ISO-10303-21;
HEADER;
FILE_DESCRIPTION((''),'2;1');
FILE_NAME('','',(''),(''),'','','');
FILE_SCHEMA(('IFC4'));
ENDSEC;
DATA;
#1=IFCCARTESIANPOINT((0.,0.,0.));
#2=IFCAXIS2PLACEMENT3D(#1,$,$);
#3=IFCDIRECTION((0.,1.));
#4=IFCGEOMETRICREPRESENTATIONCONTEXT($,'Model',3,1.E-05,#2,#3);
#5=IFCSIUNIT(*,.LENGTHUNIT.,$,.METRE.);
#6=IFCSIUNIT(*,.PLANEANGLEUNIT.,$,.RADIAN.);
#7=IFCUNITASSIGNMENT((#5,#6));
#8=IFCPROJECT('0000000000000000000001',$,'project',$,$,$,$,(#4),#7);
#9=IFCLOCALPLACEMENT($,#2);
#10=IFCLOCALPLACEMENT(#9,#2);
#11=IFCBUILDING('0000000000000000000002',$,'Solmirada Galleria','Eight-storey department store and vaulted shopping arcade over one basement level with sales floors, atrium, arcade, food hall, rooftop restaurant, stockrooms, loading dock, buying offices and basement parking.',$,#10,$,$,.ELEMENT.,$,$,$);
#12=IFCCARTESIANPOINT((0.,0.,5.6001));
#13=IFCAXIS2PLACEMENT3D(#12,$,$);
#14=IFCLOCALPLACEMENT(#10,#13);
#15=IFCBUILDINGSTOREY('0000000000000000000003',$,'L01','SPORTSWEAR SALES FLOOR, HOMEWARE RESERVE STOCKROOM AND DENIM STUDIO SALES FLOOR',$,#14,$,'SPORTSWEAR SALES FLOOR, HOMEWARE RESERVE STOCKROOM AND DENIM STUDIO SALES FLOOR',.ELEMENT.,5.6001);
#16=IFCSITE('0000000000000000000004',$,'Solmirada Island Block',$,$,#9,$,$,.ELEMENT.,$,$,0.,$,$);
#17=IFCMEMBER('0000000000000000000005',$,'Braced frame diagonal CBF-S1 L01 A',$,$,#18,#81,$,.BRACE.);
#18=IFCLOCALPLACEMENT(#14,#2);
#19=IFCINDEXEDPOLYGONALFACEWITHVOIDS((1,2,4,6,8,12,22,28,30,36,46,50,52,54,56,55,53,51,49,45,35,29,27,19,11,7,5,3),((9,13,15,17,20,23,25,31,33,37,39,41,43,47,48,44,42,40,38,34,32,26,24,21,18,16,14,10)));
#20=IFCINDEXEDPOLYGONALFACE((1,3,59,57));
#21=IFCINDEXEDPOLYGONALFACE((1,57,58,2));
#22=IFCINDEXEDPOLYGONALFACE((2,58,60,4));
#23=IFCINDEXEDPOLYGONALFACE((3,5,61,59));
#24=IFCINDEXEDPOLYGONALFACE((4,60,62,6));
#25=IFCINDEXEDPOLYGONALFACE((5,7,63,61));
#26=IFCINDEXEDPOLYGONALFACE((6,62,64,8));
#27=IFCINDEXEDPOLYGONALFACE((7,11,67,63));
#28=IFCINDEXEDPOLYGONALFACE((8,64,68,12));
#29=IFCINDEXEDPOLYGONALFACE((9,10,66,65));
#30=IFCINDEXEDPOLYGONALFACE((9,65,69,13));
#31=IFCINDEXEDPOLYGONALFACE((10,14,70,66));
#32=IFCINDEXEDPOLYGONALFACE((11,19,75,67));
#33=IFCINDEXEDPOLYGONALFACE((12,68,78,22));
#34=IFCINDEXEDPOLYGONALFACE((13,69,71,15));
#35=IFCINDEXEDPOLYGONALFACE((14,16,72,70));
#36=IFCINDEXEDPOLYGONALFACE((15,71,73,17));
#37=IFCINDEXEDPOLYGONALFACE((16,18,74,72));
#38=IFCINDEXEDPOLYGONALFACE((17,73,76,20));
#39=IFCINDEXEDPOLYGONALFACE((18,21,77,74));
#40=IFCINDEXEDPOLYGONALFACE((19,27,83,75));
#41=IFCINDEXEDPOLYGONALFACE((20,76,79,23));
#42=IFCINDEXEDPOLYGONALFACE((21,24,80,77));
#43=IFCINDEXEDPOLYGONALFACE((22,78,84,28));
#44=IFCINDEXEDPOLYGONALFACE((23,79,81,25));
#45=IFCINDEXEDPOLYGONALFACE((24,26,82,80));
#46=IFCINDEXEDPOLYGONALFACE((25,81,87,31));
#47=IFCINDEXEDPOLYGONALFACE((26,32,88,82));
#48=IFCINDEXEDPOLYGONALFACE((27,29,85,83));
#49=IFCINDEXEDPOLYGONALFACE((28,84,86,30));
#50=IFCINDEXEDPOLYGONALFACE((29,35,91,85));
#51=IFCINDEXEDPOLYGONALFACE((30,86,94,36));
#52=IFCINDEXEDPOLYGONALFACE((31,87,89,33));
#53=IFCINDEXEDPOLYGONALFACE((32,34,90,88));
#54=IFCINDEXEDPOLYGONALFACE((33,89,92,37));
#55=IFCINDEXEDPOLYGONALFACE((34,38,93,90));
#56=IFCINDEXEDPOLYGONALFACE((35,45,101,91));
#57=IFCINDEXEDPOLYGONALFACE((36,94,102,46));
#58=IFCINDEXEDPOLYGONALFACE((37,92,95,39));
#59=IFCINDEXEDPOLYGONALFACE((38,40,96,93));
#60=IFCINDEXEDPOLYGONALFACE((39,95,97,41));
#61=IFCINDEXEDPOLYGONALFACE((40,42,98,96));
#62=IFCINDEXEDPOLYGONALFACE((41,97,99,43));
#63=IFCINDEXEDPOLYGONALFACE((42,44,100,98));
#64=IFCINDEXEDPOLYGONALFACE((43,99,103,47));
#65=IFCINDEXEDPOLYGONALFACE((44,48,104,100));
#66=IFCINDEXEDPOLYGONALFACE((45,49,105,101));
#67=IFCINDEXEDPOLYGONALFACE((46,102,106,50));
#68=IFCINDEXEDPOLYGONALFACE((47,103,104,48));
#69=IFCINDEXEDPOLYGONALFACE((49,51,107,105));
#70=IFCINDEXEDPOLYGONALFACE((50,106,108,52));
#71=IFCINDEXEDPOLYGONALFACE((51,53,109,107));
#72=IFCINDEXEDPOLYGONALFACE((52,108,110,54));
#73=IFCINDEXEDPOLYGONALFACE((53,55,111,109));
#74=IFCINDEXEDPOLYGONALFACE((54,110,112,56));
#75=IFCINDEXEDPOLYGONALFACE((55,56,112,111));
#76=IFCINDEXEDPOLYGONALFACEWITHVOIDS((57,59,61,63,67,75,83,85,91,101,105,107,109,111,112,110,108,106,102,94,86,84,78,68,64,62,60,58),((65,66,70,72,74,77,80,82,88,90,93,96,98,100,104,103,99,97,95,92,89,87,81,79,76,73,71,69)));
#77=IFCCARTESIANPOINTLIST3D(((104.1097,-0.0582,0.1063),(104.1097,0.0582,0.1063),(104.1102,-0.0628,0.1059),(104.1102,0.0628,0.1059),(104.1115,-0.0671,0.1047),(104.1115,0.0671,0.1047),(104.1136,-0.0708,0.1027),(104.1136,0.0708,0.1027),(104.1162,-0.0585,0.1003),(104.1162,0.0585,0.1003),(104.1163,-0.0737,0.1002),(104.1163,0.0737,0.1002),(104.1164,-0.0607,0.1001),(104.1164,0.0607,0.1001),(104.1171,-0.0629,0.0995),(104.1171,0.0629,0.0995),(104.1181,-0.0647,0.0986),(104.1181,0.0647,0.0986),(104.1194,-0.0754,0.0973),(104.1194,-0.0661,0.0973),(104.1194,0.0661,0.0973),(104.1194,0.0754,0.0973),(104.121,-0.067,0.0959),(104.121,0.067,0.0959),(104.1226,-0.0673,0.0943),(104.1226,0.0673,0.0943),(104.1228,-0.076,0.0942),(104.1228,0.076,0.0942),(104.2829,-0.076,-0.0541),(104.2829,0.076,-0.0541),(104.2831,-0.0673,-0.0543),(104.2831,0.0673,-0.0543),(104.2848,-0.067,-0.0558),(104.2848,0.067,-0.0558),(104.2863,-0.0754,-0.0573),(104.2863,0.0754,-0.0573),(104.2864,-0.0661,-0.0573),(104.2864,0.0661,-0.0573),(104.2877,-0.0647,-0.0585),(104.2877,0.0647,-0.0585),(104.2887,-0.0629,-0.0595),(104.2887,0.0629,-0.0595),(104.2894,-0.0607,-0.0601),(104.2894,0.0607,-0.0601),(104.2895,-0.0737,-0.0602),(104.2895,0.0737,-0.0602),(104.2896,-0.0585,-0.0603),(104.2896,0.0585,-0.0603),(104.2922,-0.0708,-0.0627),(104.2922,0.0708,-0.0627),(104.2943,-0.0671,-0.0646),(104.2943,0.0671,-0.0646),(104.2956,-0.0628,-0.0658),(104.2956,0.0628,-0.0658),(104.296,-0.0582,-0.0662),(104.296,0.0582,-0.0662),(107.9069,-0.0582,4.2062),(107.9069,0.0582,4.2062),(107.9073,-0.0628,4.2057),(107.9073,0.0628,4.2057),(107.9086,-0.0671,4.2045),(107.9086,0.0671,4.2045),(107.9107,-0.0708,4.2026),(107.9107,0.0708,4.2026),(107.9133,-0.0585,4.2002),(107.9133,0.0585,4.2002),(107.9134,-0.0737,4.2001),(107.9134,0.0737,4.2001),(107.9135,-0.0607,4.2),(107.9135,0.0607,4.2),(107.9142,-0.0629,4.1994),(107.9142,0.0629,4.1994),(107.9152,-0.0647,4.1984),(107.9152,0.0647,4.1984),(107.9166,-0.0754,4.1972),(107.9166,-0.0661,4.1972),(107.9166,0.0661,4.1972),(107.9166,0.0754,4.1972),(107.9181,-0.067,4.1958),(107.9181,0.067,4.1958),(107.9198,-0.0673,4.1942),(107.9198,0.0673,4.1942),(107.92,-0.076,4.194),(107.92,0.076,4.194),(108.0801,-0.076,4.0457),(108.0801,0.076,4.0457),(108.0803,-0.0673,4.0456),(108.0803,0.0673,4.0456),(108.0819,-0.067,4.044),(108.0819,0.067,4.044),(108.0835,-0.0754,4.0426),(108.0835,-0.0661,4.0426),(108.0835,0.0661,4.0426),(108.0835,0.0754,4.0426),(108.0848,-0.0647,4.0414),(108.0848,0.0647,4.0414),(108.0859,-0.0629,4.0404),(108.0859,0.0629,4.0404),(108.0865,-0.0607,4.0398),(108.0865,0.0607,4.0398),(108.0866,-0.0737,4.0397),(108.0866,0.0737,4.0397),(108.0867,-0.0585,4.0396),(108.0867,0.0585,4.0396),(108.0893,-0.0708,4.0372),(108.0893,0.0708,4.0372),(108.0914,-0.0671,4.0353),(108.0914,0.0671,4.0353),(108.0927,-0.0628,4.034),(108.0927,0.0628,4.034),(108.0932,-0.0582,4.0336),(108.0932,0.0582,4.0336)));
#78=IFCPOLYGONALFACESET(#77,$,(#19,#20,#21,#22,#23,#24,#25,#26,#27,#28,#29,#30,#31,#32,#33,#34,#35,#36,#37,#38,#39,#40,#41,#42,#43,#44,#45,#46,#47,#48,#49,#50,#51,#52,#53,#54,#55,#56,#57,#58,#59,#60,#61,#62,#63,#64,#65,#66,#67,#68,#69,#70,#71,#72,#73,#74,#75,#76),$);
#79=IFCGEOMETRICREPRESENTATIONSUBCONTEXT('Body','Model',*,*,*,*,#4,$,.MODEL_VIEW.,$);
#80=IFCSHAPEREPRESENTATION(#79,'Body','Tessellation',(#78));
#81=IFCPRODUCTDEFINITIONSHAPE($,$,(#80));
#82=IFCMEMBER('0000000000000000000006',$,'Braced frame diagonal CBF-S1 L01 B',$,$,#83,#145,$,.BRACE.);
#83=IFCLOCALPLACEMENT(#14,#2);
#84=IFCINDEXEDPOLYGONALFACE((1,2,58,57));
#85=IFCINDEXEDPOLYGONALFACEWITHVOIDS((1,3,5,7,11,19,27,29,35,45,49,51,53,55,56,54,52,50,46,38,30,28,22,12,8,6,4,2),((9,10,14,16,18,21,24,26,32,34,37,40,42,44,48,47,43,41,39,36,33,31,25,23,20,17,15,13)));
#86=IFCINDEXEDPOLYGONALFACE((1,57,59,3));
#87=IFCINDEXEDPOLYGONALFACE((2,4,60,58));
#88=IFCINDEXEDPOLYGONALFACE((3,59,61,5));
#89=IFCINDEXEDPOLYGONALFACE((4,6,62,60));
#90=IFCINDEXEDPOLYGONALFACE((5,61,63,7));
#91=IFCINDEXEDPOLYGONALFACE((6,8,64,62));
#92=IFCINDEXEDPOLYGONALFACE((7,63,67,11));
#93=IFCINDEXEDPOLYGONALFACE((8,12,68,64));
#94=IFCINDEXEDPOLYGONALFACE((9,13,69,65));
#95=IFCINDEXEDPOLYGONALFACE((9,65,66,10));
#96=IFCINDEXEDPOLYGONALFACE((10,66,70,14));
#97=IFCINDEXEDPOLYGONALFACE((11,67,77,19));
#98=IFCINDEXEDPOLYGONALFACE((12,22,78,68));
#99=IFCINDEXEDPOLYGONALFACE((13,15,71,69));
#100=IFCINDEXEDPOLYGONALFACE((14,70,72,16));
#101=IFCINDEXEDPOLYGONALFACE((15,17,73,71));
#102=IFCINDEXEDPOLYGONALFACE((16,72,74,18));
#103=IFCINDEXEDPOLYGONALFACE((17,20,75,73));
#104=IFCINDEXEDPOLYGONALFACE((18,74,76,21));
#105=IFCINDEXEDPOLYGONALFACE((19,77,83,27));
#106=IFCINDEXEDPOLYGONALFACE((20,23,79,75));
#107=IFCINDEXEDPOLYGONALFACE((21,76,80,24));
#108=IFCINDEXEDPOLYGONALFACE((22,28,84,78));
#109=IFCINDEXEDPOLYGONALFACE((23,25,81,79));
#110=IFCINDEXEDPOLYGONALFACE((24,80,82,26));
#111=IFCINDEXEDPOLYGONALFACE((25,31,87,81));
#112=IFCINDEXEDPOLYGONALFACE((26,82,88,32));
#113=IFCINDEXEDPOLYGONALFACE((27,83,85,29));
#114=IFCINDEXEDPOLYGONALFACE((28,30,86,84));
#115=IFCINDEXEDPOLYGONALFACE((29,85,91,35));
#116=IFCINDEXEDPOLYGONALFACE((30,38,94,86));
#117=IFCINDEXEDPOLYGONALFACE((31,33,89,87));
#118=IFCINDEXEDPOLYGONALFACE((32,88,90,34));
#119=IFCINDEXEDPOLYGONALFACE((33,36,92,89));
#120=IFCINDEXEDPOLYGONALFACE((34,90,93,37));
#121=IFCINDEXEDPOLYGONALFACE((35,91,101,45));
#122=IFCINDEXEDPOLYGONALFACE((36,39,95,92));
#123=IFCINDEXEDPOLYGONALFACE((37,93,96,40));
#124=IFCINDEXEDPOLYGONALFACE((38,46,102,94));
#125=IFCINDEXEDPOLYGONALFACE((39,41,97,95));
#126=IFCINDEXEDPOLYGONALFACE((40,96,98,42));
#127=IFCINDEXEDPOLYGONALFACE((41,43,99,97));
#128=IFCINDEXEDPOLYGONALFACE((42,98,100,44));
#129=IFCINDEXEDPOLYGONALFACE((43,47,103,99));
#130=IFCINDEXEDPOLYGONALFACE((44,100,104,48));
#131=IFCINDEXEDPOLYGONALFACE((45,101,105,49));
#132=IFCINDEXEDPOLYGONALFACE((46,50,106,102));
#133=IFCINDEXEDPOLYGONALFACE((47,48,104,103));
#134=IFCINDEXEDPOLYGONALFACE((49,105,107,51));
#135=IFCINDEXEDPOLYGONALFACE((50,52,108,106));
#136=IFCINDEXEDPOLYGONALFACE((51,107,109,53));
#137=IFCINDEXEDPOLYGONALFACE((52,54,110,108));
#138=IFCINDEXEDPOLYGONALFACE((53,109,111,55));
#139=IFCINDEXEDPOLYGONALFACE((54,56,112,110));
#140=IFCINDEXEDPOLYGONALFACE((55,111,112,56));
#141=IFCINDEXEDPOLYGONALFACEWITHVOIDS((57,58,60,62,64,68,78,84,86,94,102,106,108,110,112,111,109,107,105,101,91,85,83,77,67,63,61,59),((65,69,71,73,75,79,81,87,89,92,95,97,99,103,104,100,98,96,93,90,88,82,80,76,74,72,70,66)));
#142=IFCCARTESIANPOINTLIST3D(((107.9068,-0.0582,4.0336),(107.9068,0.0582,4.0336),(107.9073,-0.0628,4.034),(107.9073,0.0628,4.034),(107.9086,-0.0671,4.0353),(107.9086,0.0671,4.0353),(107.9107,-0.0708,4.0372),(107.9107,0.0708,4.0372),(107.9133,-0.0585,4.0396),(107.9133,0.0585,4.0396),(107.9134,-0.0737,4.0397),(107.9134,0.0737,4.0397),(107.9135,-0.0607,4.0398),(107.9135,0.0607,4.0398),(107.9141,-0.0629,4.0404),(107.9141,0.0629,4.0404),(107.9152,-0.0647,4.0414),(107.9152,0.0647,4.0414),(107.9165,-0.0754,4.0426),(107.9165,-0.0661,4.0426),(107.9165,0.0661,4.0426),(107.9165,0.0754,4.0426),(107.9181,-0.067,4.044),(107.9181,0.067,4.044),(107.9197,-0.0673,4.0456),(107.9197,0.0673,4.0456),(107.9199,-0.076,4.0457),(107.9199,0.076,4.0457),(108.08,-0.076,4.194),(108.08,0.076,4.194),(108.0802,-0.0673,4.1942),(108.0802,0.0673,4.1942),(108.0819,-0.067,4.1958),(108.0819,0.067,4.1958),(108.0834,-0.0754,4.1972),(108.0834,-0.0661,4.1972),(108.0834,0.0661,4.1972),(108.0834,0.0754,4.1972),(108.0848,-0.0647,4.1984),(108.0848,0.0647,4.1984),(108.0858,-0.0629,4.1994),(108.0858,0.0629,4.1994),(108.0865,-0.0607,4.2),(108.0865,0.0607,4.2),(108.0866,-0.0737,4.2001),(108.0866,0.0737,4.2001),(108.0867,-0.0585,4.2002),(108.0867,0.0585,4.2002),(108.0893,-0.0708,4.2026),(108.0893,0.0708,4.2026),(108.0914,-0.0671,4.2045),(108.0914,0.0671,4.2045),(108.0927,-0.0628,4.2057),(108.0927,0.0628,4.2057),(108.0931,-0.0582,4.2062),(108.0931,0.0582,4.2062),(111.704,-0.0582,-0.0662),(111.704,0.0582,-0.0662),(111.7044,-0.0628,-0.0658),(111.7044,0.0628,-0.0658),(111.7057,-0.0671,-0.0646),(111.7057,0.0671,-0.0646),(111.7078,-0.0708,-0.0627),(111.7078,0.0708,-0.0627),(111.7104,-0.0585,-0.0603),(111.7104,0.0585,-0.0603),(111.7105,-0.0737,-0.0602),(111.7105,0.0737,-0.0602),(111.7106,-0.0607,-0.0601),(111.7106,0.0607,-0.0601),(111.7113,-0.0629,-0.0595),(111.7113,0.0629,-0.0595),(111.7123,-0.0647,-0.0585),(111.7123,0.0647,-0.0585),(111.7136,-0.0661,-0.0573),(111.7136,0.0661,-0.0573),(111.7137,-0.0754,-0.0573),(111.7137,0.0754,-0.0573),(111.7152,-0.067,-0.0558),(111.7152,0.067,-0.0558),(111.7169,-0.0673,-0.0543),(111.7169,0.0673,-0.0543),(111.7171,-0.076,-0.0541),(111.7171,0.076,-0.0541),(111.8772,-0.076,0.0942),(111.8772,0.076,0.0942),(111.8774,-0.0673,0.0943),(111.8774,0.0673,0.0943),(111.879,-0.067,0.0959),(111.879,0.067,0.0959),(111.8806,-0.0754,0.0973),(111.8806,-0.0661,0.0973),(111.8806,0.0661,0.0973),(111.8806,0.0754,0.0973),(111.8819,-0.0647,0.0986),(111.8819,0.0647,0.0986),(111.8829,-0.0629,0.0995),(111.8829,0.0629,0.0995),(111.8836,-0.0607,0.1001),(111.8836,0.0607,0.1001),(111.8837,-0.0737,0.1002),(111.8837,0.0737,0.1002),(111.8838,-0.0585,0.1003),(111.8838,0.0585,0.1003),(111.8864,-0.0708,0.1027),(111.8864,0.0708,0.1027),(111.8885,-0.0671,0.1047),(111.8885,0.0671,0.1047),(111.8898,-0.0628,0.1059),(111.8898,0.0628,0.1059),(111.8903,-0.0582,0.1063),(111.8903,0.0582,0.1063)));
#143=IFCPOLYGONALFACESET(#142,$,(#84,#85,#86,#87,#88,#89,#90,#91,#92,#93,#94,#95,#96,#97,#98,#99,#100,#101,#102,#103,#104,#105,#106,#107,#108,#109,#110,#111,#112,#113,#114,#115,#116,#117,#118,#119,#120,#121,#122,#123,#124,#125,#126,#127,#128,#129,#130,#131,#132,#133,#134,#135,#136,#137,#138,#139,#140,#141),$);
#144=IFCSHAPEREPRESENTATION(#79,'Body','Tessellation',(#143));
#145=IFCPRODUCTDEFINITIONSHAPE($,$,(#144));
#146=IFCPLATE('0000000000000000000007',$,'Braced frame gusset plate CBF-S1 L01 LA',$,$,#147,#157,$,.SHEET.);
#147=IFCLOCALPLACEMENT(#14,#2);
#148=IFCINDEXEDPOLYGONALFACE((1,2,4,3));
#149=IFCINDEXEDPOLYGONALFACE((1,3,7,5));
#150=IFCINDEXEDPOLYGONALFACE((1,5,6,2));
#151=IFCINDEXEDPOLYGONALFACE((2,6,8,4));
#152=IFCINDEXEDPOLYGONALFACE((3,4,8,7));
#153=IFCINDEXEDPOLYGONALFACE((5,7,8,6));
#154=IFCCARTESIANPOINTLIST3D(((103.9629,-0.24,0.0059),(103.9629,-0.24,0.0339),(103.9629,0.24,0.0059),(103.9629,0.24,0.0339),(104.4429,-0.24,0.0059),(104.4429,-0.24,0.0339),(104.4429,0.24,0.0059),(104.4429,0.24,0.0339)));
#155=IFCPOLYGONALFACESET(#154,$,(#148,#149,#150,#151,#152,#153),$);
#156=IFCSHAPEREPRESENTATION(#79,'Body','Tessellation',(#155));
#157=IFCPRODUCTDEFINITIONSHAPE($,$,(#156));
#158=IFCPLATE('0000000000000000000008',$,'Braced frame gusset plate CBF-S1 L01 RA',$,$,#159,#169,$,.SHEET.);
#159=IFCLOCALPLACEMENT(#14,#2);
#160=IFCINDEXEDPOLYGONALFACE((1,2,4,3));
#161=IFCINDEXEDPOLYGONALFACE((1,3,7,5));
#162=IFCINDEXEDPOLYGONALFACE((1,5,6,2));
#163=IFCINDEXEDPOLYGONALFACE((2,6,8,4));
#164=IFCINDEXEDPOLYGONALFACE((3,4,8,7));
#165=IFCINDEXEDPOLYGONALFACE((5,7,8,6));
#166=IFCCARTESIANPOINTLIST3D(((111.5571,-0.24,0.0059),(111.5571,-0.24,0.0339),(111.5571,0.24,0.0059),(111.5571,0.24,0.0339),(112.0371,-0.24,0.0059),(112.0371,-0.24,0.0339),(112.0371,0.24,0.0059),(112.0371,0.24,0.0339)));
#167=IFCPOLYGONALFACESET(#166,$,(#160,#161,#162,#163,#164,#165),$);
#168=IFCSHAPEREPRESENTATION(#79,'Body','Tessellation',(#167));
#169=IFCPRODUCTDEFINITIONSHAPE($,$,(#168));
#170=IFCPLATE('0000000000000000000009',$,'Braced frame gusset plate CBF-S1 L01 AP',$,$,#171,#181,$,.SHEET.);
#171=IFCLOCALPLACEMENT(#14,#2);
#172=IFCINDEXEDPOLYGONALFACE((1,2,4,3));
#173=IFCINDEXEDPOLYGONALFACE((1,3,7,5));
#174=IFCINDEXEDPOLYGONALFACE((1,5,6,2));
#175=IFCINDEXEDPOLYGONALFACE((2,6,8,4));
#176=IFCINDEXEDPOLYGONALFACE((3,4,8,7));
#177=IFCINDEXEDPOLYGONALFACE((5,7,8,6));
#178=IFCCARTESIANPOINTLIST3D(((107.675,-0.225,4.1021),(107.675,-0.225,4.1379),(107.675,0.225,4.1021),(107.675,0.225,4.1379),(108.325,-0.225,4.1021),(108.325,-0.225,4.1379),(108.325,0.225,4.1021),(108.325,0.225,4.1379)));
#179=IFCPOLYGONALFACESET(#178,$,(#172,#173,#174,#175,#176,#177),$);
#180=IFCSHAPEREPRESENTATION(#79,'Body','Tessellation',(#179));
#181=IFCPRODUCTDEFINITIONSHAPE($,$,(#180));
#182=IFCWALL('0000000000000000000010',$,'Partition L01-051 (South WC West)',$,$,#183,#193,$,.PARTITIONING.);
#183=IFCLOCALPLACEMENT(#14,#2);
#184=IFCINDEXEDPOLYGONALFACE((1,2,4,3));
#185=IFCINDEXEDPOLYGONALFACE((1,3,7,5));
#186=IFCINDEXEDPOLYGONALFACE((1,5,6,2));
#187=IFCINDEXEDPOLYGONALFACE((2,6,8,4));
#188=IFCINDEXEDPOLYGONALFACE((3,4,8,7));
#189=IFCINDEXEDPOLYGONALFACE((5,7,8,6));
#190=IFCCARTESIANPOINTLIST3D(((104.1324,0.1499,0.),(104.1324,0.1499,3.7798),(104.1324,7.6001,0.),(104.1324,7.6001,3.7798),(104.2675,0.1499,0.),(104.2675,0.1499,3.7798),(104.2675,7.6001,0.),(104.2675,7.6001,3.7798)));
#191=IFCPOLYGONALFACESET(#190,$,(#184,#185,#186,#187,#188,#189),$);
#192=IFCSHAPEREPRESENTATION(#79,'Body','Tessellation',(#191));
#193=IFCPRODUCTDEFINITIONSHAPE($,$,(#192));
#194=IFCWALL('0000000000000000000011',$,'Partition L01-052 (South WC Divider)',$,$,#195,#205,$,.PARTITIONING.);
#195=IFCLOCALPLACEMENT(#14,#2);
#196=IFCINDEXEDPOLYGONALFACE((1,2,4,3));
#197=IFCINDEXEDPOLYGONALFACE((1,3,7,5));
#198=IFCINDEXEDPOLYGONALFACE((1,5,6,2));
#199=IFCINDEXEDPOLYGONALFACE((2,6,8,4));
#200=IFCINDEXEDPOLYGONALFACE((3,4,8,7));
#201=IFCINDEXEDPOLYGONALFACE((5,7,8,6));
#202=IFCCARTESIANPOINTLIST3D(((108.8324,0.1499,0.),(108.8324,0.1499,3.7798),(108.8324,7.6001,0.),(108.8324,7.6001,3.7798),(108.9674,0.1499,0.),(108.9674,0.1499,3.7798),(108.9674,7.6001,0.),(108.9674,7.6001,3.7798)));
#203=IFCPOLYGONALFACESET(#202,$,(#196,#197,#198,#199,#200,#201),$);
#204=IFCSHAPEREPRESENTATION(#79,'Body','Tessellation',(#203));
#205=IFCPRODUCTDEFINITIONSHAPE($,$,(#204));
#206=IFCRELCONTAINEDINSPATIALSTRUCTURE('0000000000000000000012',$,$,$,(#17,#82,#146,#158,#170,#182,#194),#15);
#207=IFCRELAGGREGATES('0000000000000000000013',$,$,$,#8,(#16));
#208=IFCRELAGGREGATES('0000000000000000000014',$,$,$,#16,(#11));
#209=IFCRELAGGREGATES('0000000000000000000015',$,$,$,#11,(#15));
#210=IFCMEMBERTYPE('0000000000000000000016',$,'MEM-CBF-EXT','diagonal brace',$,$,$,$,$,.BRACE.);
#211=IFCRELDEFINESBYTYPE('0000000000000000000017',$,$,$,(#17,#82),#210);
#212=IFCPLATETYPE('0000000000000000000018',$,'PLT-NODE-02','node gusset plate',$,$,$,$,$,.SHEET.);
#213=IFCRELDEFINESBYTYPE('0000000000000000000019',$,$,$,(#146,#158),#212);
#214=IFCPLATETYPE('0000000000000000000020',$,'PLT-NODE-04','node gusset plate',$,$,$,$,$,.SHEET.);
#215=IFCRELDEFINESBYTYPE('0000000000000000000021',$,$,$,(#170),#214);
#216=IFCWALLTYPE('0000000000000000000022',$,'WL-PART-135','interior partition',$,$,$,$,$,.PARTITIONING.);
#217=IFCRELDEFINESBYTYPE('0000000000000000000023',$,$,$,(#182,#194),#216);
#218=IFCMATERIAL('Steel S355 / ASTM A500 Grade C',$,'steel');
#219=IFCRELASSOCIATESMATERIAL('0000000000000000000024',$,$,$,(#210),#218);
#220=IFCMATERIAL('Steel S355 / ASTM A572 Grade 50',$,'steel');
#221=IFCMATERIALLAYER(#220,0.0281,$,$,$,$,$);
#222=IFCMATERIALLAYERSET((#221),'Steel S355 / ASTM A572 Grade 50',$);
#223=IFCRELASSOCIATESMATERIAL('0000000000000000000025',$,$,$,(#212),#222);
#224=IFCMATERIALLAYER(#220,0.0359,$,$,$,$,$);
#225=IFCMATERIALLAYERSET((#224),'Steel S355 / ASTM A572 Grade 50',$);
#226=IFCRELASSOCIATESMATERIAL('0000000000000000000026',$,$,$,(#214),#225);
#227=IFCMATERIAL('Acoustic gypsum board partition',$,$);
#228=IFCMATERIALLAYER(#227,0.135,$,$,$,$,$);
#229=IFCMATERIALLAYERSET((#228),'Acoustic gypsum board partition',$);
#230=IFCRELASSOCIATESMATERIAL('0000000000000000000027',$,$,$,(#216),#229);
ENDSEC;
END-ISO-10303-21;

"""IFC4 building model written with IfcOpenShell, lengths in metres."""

from ifc_helpers import new_model, si_unit, direction, frame, frame_2d, origin, origin_2d, place, context, subcontext, project, spatial, rectangle, hollow_rectangle, extrude, material, layer, layer_set, material_profile, profile_set, type_object, element, save


model = new_model("IFC4")

# Units and contexts
model_context = context("Model", 3, precision=1e-05, world=origin(), true_north=direction((0.0, 1.0)))
body_context = subcontext(model_context, "Body", "Model", "MODEL_VIEW")
ifc_project = project(units=[si_unit("LENGTHUNIT", "METRE"), si_unit("PLANEANGLEUNIT", "RADIAN")], contexts=[model_context])

# Site, building, storey
site_placement = place(None, origin())
site = spatial("IfcSite", under=ifc_project, at=site_placement, Name="Solmirada Island Block", CompositionType="ELEMENT", RefElevation=0.0)
building_placement = place(site_placement, origin())
building = spatial("IfcBuilding", under=site, at=building_placement, Name="Solmirada Galleria", Description="Eight-storey department store and vaulted shopping arcade over one basement level with sales floors, atrium, arcade, food hall, rooftop restaurant, stockrooms, loading dock, buying offices and basement parking.", CompositionType="ELEMENT")
storey_placement = place(building_placement, frame((0.0, 0.0, 5.6001)))
storey = spatial("IfcBuildingStorey", under=building, at=storey_placement, Name="L01", Description="SPORTSWEAR SALES FLOOR, HOMEWARE RESERVE STOCKROOM AND DENIM STUDIO SALES FLOOR", LongName="SPORTSWEAR SALES FLOOR, HOMEWARE RESERVE STOCKROOM AND DENIM STUDIO SALES FLOOR", CompositionType="ELEMENT", Elevation=5.6001)

# Shared definitions
ifc_material_1 = material(Name="Steel S355 / ASTM A500 Grade C", Category="steel")

# Members
ifc_material_profile_1 = material_profile(ifc_material_1, hollow_rectangle(XDim=0.1521, YDim=0.2539, WallThickness=0.0088, InnerFilletRadius=0.0088, OuterFilletRadius=0.0178, at=origin_2d()), Name="HSS10X6X3/8")
ifc_profile_set_1 = profile_set([ifc_material_profile_1], Name="Steel S355 / ASTM A500 Grade C")
member_type = type_object("IfcMemberType", Name="MEM-CBF-EXT", Description="diagonal brace", PredefinedType="BRACE", material=ifc_profile_set_1)
for number, where, z_axis, x_axis, name in (
    (1, (104.2029, 0.0, 0.02), (0.6795, 0.0, 0.733675), (0.0, 1.0, 0.0), "Braced frame diagonal CBF-S1 L01 A"),
    (2, (111.7971, 0.0, 0.02), (-0.6795, 0.0, 0.733675), (0.0, -1.0, 0.0), "Braced frame diagonal CBF-S1 L01 B"),
):
    element("IfcMember", number, at=place(storey_placement, frame(where, z_axis=z_axis, x_axis=x_axis)), inside=storey, type_object=member_type, Name=name, PredefinedType="BRACE", context=body_context, shape_type="SweptSolid", body=[
        extrude(hollow_rectangle(XDim=0.1521, YDim=0.2539, WallThickness=0.0088, InnerFilletRadius=0.0088, OuterFilletRadius=0.0178, at=origin_2d()), origin(), (0.0, 0.0, 1.0), 5.5881),
    ])

# Plates
ifc_material_2 = material(Name="Steel S355 / ASTM A572 Grade 50", Category="steel")
ifc_layer_1 = layer(ifc_material_2, 0.0281)
ifc_layer_set_1 = layer_set([ifc_layer_1], Name="Steel S355 / ASTM A572 Grade 50")
plate_type_1 = type_object("IfcPlateType", Name="PLT-NODE-02", Description="node gusset plate", PredefinedType="SHEET", material=ifc_layer_set_1)
for number, where, z_axis, x_axis, name in (
    (3, (104.2029, 0.0, 0.0059), (0.0, 0.0, 1.0), (1.0, 0.0, 0.0), "Braced frame gusset plate CBF-S1 L01 LA"),
    (4, (111.7971, 0.0, 0.0059), (0.0, 0.0, 1.0), (1.0, 0.0, 0.0), "Braced frame gusset plate CBF-S1 L01 RA"),
):
    element("IfcPlate", number, at=place(storey_placement, frame(where, z_axis=z_axis, x_axis=x_axis)), inside=storey, type_object=plate_type_1, Name=name, PredefinedType="SHEET", context=body_context, shape_type="SweptSolid", body=[
        extrude(rectangle(XDim=0.48, YDim=0.48, at=origin_2d()), origin(), (0.0, 0.0, 1.0), 0.0281),
    ])
ifc_layer_2 = layer(ifc_material_2, 0.0359)
ifc_layer_set_2 = layer_set([ifc_layer_2], Name="Steel S355 / ASTM A572 Grade 50")
plate_type_2 = type_object("IfcPlateType", Name="PLT-NODE-04", Description="node gusset plate", PredefinedType="SHEET", material=ifc_layer_set_2)
plate_placement = place(storey_placement, frame((108.0, 0.0, 4.1021), z_axis=(0.0, 0.0, 1.0), x_axis=(1.0, 0.0, 0.0)))
element("IfcPlate", 5, at=plate_placement, inside=storey, type_object=plate_type_2, Name="Braced frame gusset plate CBF-S1 L01 AP", PredefinedType="SHEET", context=body_context, shape_type="SweptSolid", body=[
    extrude(rectangle(XDim=0.6499, YDim=0.45, at=origin_2d()), origin(), (0.0, 0.0, 1.0), 0.0359),
])

# Walls
ifc_material_3 = material(Name="Acoustic gypsum board partition")
ifc_layer_3 = layer(ifc_material_3, 0.135)
ifc_layer_set_3 = layer_set([ifc_layer_3], Name="Acoustic gypsum board partition")
wall_type_1 = type_object("IfcWallType", Name="WL-PART-135", Description="interior partition", PredefinedType="PARTITIONING", material=ifc_layer_set_3)
for number, where, z_axis, x_axis, name in (
    (6, (104.2, 0.1499, 0.0), (0.0, 0.0, 1.0), (0.0, 1.0, 0.0), "Partition L01-051 (South WC West)"),
    (7, (108.8999, 0.1499, 0.0), (0.0, 0.0, 1.0), (0.0, 1.0, 0.0), "Partition L01-052 (South WC Divider)"),
):
    element("IfcWall", number, at=place(storey_placement, frame(where, z_axis=z_axis, x_axis=x_axis)), inside=storey, type_object=wall_type_1, Name=name, PredefinedType="PARTITIONING", context=body_context, shape_type="SweptSolid", body=[
        extrude(rectangle(XDim=7.4502, YDim=0.135, at=frame_2d((3.7251, 0.0))), origin(), (0.0, 0.0, 1.0), 3.7798),
    ])

save(model, "model.ifc")
